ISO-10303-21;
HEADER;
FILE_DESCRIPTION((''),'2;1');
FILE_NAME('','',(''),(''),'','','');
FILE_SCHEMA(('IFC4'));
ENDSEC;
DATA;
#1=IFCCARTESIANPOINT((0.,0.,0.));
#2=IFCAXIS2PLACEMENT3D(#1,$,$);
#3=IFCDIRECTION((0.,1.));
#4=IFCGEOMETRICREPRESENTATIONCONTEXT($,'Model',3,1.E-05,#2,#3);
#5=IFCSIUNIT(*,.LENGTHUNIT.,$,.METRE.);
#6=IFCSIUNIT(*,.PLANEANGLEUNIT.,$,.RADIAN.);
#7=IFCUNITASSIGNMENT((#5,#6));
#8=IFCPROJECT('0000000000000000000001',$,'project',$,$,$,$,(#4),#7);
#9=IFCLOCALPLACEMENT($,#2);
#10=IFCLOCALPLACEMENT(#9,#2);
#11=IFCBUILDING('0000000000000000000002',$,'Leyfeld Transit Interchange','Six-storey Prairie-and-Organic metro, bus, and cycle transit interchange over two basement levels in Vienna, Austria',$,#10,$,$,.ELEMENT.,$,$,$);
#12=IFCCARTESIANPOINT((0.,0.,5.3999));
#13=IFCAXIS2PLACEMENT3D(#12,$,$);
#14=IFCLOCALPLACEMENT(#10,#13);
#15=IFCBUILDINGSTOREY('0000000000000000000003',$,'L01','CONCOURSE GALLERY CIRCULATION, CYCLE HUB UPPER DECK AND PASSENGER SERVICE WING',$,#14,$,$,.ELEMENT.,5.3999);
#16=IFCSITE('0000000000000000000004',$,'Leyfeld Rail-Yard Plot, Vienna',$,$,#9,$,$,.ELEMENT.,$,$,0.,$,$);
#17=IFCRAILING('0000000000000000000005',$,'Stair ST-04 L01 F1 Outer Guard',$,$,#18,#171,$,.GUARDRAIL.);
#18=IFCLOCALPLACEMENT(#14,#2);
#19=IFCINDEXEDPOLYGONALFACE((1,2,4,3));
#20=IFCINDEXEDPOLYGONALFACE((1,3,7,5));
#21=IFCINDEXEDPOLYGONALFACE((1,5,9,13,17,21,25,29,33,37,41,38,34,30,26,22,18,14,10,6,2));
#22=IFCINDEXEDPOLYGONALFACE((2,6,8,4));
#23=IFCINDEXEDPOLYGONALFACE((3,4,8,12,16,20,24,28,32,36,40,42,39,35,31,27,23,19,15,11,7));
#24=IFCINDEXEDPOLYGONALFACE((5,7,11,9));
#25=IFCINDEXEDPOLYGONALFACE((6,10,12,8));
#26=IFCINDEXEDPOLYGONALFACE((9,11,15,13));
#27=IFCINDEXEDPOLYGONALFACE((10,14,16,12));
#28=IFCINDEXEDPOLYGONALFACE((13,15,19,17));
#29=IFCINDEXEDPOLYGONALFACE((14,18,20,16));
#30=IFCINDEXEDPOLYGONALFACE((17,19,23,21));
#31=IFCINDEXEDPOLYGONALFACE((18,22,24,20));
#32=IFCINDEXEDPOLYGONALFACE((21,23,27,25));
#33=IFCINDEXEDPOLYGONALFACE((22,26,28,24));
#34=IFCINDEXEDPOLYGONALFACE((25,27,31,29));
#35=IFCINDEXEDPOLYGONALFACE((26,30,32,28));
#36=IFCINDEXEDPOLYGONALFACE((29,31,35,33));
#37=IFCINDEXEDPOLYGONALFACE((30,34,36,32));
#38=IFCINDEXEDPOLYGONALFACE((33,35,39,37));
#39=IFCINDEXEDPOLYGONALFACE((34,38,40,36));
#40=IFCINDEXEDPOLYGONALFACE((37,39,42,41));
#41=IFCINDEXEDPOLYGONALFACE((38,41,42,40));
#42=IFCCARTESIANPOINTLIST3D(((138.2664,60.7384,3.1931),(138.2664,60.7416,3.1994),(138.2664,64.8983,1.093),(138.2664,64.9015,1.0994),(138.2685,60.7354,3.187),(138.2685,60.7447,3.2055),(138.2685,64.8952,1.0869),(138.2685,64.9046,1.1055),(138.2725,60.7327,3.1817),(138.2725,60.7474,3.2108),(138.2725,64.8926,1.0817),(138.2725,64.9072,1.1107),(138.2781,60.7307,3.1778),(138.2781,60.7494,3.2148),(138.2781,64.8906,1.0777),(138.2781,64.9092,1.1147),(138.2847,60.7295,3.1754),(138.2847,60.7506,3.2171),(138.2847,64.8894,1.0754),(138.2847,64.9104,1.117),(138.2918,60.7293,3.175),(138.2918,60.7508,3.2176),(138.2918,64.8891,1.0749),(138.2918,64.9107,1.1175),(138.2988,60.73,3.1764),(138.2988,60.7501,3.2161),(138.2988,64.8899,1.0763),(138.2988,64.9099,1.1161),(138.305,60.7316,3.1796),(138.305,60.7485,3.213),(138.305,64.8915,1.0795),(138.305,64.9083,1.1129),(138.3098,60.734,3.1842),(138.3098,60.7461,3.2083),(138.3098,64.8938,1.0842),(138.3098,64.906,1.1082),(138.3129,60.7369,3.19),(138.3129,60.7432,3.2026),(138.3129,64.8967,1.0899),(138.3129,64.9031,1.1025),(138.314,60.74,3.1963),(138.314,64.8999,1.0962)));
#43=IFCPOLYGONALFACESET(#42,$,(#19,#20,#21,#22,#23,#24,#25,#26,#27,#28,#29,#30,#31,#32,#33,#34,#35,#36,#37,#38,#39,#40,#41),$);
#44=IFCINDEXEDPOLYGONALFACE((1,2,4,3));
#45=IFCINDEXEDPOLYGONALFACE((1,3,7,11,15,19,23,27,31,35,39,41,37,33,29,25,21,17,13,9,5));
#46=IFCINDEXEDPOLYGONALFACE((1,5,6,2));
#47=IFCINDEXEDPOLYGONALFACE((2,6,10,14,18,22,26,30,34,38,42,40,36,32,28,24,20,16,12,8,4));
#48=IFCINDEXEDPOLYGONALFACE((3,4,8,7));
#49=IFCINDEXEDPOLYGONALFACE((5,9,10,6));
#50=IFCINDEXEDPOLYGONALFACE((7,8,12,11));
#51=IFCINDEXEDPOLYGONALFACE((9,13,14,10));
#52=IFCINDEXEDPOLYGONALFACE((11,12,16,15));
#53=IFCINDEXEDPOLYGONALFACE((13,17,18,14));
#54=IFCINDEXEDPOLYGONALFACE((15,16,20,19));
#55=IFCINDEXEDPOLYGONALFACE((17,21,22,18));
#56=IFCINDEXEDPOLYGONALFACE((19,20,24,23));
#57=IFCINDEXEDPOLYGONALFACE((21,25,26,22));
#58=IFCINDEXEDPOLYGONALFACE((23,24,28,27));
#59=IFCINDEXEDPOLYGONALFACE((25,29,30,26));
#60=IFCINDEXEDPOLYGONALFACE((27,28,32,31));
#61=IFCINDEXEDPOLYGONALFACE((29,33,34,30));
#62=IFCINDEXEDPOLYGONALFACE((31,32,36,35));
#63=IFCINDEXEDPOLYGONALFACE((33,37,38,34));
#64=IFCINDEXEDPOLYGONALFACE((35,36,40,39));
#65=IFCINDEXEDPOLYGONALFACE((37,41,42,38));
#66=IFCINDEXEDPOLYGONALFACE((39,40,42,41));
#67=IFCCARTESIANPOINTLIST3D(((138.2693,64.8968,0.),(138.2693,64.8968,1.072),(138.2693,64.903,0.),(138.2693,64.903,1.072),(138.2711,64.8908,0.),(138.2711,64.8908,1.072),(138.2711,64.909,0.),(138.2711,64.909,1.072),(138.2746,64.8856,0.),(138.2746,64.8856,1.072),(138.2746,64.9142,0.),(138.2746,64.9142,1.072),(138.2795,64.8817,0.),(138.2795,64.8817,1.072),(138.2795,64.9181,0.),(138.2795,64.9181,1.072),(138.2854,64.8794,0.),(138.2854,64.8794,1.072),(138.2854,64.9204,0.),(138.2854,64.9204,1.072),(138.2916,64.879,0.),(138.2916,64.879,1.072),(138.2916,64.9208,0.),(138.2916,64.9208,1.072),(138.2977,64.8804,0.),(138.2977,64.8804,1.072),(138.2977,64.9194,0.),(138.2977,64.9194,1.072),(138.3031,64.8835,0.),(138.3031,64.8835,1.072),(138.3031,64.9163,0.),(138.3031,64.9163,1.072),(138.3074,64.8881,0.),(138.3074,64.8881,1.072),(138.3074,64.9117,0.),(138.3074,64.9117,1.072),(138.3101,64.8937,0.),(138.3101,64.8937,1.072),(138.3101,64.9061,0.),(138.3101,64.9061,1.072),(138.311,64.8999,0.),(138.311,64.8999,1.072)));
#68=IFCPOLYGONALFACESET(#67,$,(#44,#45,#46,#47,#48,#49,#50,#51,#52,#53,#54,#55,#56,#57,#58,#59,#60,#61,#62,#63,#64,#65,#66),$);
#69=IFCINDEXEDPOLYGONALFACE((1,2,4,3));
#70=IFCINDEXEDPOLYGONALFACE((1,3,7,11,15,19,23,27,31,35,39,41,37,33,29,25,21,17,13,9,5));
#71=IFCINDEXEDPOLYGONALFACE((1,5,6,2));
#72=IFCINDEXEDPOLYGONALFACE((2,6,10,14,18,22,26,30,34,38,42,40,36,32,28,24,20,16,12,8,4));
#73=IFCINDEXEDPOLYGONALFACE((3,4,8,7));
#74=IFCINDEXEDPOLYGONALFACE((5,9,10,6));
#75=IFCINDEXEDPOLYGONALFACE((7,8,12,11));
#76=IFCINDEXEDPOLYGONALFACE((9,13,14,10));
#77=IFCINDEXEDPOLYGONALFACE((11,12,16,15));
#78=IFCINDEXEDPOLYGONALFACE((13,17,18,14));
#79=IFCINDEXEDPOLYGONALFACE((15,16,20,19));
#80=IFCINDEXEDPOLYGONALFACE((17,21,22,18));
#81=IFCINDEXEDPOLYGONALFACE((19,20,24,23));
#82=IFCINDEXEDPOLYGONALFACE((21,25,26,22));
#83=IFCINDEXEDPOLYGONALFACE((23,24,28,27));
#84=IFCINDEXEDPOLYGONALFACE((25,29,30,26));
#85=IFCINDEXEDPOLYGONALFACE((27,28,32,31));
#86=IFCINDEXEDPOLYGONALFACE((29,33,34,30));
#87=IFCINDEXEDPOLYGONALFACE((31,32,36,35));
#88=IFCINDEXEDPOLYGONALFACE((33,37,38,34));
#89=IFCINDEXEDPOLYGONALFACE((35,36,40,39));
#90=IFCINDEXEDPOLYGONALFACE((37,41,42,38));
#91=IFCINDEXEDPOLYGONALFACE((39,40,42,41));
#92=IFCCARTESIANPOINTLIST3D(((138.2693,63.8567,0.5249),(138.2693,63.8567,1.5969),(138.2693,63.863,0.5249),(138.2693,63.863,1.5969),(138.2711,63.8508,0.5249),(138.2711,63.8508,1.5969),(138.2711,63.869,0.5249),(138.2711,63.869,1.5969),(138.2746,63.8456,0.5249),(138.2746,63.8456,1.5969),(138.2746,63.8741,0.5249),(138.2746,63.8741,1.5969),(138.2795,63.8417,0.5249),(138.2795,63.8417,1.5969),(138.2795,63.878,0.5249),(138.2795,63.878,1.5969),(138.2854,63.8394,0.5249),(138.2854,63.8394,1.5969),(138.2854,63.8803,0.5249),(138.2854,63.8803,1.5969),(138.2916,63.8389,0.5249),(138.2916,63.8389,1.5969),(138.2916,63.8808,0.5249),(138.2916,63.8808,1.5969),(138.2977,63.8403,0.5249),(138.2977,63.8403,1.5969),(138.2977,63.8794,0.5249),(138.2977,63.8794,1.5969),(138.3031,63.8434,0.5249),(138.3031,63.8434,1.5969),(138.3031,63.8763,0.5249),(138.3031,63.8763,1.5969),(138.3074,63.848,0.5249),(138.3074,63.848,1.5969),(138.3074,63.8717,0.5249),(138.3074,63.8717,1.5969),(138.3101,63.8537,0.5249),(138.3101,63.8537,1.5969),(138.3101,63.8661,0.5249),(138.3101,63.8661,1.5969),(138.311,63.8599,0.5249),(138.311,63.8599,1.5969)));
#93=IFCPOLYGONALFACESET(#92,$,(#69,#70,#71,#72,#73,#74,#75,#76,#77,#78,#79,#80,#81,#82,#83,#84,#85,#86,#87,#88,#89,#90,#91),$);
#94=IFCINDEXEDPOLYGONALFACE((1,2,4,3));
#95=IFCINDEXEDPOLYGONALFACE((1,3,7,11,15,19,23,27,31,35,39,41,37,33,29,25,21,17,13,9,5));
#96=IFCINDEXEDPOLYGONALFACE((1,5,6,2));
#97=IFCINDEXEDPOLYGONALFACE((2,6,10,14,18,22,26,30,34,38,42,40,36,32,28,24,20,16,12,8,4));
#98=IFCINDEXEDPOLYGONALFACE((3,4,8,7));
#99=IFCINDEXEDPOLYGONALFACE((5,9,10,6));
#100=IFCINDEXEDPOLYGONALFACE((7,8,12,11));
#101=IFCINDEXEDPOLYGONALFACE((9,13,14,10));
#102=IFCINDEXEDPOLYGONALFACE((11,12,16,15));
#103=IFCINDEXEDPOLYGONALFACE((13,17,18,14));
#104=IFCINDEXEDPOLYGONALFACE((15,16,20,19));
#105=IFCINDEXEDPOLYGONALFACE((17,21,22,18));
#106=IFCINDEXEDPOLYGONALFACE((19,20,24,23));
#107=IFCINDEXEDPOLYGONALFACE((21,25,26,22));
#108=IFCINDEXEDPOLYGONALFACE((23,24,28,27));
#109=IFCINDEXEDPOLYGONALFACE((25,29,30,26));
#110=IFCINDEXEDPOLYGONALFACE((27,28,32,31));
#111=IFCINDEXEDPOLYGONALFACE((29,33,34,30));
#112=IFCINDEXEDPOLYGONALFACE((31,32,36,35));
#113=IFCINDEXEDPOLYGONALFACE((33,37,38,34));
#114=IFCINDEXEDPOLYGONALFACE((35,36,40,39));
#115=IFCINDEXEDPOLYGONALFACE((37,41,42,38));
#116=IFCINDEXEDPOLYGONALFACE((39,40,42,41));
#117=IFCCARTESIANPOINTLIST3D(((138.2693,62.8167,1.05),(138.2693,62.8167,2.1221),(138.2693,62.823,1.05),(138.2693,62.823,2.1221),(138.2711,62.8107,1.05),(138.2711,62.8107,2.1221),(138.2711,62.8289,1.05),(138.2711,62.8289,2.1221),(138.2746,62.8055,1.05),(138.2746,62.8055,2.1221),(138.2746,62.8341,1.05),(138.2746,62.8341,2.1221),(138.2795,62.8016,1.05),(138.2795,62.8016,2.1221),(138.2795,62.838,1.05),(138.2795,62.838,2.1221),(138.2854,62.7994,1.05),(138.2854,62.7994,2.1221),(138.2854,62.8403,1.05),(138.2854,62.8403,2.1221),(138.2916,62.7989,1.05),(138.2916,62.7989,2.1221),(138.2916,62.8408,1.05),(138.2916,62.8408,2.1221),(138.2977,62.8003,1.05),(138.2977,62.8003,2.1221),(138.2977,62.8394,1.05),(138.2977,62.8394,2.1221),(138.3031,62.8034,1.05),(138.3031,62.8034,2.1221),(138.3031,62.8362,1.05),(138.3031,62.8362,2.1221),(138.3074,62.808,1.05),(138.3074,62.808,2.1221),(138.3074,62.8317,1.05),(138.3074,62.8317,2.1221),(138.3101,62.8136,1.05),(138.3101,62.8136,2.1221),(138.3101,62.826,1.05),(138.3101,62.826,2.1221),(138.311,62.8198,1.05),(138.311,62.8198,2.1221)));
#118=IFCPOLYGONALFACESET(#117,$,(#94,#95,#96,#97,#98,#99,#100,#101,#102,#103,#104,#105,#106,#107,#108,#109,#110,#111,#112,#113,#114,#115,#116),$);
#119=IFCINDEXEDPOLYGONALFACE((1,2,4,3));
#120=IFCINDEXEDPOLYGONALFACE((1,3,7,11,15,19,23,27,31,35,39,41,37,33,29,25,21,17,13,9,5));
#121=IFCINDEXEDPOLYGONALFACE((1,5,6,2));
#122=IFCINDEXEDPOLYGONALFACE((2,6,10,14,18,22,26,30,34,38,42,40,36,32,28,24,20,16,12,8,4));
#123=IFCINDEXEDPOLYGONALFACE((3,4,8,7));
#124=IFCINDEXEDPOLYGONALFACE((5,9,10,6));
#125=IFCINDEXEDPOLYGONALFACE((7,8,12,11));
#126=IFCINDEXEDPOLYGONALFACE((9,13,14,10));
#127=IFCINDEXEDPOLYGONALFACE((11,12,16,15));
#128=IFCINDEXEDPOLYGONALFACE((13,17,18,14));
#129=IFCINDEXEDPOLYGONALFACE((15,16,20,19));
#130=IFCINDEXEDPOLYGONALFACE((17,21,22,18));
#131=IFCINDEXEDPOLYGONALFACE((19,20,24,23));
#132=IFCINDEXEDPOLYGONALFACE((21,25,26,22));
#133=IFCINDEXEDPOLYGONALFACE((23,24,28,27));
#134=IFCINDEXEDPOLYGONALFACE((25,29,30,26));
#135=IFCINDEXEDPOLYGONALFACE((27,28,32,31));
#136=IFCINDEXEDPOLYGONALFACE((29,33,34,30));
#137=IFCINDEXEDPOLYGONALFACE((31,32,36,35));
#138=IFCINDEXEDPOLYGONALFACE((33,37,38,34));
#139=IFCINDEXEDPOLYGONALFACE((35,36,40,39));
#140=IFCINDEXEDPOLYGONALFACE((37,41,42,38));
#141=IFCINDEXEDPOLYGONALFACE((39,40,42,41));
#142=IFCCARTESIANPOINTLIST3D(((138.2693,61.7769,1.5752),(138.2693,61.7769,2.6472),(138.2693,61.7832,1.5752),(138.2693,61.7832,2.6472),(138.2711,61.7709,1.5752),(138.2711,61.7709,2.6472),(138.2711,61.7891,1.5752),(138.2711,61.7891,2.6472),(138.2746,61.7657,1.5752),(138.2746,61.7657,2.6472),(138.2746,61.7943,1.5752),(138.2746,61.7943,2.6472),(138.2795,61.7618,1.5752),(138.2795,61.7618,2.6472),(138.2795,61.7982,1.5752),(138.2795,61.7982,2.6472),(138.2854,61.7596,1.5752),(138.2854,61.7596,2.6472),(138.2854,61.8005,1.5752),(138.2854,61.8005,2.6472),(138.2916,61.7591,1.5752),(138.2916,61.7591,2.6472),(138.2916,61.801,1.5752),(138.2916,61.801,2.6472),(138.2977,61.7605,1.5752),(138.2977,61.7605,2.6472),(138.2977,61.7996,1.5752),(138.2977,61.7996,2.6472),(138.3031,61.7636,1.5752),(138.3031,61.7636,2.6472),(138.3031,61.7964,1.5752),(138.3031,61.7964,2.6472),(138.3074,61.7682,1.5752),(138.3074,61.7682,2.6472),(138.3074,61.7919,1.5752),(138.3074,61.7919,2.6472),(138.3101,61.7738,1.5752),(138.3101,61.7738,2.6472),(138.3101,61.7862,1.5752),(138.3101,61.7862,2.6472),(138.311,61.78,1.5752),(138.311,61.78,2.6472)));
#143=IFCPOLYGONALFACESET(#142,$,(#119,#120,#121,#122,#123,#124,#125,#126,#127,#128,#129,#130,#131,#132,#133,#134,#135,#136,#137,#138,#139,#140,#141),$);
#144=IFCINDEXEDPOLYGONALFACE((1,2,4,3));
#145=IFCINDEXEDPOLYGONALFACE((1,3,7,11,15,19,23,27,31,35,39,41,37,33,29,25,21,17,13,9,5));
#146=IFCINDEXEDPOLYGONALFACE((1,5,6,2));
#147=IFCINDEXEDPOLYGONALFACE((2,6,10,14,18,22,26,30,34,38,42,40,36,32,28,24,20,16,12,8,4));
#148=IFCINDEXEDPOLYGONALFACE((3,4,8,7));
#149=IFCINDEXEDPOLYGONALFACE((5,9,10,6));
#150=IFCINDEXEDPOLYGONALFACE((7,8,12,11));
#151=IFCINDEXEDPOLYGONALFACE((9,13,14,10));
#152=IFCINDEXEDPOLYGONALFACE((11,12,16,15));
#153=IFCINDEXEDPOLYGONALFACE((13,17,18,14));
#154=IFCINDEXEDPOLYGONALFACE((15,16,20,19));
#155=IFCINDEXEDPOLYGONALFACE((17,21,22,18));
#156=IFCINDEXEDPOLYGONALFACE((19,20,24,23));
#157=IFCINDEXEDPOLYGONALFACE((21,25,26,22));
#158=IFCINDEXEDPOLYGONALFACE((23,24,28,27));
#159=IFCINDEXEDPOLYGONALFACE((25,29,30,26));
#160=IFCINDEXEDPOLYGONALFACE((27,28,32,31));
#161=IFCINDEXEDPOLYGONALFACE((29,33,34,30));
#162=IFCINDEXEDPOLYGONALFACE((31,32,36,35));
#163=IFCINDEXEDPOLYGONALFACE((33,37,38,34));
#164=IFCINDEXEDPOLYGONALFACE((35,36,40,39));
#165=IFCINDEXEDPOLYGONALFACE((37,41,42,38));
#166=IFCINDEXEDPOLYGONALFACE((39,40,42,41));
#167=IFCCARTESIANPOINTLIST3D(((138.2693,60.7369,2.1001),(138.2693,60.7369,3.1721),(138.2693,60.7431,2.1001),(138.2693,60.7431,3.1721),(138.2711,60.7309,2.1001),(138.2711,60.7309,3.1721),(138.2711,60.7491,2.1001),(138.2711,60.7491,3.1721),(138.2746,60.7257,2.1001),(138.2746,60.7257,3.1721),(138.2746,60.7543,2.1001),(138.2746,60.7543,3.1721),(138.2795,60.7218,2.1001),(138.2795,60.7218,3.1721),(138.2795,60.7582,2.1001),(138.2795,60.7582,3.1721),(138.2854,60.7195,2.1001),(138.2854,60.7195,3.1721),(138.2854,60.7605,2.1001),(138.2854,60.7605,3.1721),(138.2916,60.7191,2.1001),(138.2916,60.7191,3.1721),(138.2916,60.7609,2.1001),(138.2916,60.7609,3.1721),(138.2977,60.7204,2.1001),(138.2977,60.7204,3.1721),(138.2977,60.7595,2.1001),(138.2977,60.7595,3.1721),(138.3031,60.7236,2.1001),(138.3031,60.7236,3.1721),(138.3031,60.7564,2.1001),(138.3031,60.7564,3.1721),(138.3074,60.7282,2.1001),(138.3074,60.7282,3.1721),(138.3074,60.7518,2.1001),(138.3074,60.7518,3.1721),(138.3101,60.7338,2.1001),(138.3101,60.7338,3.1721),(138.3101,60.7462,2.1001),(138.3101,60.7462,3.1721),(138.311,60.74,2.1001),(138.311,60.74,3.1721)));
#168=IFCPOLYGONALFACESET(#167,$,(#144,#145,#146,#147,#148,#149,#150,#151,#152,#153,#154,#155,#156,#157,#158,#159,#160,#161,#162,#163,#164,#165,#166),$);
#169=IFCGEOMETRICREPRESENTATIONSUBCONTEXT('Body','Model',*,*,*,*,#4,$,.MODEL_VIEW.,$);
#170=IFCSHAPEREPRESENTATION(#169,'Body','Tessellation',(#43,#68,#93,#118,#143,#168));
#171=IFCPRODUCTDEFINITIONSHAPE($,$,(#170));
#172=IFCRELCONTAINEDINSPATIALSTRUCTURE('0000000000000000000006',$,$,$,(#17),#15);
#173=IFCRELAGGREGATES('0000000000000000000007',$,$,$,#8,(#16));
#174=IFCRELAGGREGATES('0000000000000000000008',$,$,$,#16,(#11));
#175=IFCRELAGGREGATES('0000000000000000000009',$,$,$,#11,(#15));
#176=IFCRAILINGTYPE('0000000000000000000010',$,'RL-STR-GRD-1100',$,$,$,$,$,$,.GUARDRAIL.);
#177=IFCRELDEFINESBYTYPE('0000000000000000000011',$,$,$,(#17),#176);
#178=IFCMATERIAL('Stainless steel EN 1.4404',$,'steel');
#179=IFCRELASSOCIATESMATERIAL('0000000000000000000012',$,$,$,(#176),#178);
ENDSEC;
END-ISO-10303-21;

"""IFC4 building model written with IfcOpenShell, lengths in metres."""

from ifc_helpers import new_model, si_unit, direction, frame, origin, origin_2d, place, context, subcontext, project, spatial, circle, extrude, material, type_object, element, save


model = new_model("IFC4")

# Units and contexts
model_context = context("Model", 3, precision=1e-05, world=origin(), true_north=direction((0.0, 1.0)))
body_context = subcontext(model_context, "Body", "Model", "MODEL_VIEW")
ifc_project = project(units=[si_unit("LENGTHUNIT", "METRE"), si_unit("PLANEANGLEUNIT", "RADIAN")], contexts=[model_context])

# Site, building, storey
site_placement = place(None, origin())
site = spatial("IfcSite", under=ifc_project, at=site_placement, Name="Leyfeld Rail-Yard Plot, Vienna", CompositionType="ELEMENT", RefElevation=0.0)
building_placement = place(site_placement, origin())
building = spatial("IfcBuilding", under=site, at=building_placement, Name="Leyfeld Transit Interchange", Description="Six-storey Prairie-and-Organic metro, bus, and cycle transit interchange over two basement levels in Vienna, Austria", CompositionType="ELEMENT")
storey_placement = place(building_placement, frame((0.0, 0.0, 5.3999)))
storey = spatial("IfcBuildingStorey", under=building, at=storey_placement, Name="L01", Description="CONCOURSE GALLERY CIRCULATION, CYCLE HUB UPPER DECK AND PASSENGER SERVICE WING", CompositionType="ELEMENT", Elevation=5.3999)

# Railing
ifc_material_1 = material(Name="Stainless steel EN 1.4404", Category="steel")
railing_type_1 = type_object("IfcRailingType", Name="RL-STR-GRD-1100", PredefinedType="GUARDRAIL", material=ifc_material_1)
for number, where, name in (
    (1, (138.29, 64.8999, 0.0), "Stair ST-04 L01 F1 Outer Guard"),
):
    element("IfcRailing", number, at=place(storey_placement, frame(where)), inside=storey, type_object=railing_type_1, Name=name, PredefinedType="GUARDRAIL", context=body_context, shape_type="SweptSolid", body=[
        extrude(circle(Radius=0.0239, at=origin_2d()), frame((0.0, 0.0, 1.0962), z_axis=(0.0, -0.892692, 0.450668), x_axis=(1.0, 0.0, 0.0)), (0.0, 0.0, 1.0), 4.6599),
        extrude(circle(Radius=0.021, at=origin_2d()), origin(), (0.0, 0.0, 1.0), 1.072),
        extrude(circle(Radius=0.021, at=origin_2d()), frame((0.0, -1.04, 0.5249)), (0.0, 0.0, 1.0), 1.072),
        extrude(circle(Radius=0.021, at=origin_2d()), frame((0.0, -2.0801, 1.05)), (0.0, 0.0, 1.0), 1.072),
        extrude(circle(Radius=0.021, at=origin_2d()), frame((0.0, -3.1199, 1.5752)), (0.0, 0.0, 1.0), 1.072),
        extrude(circle(Radius=0.021, at=origin_2d()), frame((0.0, -4.1599, 2.1001)), (0.0, 0.0, 1.0), 1.072),
    ])

save(model, "model.ifc")
